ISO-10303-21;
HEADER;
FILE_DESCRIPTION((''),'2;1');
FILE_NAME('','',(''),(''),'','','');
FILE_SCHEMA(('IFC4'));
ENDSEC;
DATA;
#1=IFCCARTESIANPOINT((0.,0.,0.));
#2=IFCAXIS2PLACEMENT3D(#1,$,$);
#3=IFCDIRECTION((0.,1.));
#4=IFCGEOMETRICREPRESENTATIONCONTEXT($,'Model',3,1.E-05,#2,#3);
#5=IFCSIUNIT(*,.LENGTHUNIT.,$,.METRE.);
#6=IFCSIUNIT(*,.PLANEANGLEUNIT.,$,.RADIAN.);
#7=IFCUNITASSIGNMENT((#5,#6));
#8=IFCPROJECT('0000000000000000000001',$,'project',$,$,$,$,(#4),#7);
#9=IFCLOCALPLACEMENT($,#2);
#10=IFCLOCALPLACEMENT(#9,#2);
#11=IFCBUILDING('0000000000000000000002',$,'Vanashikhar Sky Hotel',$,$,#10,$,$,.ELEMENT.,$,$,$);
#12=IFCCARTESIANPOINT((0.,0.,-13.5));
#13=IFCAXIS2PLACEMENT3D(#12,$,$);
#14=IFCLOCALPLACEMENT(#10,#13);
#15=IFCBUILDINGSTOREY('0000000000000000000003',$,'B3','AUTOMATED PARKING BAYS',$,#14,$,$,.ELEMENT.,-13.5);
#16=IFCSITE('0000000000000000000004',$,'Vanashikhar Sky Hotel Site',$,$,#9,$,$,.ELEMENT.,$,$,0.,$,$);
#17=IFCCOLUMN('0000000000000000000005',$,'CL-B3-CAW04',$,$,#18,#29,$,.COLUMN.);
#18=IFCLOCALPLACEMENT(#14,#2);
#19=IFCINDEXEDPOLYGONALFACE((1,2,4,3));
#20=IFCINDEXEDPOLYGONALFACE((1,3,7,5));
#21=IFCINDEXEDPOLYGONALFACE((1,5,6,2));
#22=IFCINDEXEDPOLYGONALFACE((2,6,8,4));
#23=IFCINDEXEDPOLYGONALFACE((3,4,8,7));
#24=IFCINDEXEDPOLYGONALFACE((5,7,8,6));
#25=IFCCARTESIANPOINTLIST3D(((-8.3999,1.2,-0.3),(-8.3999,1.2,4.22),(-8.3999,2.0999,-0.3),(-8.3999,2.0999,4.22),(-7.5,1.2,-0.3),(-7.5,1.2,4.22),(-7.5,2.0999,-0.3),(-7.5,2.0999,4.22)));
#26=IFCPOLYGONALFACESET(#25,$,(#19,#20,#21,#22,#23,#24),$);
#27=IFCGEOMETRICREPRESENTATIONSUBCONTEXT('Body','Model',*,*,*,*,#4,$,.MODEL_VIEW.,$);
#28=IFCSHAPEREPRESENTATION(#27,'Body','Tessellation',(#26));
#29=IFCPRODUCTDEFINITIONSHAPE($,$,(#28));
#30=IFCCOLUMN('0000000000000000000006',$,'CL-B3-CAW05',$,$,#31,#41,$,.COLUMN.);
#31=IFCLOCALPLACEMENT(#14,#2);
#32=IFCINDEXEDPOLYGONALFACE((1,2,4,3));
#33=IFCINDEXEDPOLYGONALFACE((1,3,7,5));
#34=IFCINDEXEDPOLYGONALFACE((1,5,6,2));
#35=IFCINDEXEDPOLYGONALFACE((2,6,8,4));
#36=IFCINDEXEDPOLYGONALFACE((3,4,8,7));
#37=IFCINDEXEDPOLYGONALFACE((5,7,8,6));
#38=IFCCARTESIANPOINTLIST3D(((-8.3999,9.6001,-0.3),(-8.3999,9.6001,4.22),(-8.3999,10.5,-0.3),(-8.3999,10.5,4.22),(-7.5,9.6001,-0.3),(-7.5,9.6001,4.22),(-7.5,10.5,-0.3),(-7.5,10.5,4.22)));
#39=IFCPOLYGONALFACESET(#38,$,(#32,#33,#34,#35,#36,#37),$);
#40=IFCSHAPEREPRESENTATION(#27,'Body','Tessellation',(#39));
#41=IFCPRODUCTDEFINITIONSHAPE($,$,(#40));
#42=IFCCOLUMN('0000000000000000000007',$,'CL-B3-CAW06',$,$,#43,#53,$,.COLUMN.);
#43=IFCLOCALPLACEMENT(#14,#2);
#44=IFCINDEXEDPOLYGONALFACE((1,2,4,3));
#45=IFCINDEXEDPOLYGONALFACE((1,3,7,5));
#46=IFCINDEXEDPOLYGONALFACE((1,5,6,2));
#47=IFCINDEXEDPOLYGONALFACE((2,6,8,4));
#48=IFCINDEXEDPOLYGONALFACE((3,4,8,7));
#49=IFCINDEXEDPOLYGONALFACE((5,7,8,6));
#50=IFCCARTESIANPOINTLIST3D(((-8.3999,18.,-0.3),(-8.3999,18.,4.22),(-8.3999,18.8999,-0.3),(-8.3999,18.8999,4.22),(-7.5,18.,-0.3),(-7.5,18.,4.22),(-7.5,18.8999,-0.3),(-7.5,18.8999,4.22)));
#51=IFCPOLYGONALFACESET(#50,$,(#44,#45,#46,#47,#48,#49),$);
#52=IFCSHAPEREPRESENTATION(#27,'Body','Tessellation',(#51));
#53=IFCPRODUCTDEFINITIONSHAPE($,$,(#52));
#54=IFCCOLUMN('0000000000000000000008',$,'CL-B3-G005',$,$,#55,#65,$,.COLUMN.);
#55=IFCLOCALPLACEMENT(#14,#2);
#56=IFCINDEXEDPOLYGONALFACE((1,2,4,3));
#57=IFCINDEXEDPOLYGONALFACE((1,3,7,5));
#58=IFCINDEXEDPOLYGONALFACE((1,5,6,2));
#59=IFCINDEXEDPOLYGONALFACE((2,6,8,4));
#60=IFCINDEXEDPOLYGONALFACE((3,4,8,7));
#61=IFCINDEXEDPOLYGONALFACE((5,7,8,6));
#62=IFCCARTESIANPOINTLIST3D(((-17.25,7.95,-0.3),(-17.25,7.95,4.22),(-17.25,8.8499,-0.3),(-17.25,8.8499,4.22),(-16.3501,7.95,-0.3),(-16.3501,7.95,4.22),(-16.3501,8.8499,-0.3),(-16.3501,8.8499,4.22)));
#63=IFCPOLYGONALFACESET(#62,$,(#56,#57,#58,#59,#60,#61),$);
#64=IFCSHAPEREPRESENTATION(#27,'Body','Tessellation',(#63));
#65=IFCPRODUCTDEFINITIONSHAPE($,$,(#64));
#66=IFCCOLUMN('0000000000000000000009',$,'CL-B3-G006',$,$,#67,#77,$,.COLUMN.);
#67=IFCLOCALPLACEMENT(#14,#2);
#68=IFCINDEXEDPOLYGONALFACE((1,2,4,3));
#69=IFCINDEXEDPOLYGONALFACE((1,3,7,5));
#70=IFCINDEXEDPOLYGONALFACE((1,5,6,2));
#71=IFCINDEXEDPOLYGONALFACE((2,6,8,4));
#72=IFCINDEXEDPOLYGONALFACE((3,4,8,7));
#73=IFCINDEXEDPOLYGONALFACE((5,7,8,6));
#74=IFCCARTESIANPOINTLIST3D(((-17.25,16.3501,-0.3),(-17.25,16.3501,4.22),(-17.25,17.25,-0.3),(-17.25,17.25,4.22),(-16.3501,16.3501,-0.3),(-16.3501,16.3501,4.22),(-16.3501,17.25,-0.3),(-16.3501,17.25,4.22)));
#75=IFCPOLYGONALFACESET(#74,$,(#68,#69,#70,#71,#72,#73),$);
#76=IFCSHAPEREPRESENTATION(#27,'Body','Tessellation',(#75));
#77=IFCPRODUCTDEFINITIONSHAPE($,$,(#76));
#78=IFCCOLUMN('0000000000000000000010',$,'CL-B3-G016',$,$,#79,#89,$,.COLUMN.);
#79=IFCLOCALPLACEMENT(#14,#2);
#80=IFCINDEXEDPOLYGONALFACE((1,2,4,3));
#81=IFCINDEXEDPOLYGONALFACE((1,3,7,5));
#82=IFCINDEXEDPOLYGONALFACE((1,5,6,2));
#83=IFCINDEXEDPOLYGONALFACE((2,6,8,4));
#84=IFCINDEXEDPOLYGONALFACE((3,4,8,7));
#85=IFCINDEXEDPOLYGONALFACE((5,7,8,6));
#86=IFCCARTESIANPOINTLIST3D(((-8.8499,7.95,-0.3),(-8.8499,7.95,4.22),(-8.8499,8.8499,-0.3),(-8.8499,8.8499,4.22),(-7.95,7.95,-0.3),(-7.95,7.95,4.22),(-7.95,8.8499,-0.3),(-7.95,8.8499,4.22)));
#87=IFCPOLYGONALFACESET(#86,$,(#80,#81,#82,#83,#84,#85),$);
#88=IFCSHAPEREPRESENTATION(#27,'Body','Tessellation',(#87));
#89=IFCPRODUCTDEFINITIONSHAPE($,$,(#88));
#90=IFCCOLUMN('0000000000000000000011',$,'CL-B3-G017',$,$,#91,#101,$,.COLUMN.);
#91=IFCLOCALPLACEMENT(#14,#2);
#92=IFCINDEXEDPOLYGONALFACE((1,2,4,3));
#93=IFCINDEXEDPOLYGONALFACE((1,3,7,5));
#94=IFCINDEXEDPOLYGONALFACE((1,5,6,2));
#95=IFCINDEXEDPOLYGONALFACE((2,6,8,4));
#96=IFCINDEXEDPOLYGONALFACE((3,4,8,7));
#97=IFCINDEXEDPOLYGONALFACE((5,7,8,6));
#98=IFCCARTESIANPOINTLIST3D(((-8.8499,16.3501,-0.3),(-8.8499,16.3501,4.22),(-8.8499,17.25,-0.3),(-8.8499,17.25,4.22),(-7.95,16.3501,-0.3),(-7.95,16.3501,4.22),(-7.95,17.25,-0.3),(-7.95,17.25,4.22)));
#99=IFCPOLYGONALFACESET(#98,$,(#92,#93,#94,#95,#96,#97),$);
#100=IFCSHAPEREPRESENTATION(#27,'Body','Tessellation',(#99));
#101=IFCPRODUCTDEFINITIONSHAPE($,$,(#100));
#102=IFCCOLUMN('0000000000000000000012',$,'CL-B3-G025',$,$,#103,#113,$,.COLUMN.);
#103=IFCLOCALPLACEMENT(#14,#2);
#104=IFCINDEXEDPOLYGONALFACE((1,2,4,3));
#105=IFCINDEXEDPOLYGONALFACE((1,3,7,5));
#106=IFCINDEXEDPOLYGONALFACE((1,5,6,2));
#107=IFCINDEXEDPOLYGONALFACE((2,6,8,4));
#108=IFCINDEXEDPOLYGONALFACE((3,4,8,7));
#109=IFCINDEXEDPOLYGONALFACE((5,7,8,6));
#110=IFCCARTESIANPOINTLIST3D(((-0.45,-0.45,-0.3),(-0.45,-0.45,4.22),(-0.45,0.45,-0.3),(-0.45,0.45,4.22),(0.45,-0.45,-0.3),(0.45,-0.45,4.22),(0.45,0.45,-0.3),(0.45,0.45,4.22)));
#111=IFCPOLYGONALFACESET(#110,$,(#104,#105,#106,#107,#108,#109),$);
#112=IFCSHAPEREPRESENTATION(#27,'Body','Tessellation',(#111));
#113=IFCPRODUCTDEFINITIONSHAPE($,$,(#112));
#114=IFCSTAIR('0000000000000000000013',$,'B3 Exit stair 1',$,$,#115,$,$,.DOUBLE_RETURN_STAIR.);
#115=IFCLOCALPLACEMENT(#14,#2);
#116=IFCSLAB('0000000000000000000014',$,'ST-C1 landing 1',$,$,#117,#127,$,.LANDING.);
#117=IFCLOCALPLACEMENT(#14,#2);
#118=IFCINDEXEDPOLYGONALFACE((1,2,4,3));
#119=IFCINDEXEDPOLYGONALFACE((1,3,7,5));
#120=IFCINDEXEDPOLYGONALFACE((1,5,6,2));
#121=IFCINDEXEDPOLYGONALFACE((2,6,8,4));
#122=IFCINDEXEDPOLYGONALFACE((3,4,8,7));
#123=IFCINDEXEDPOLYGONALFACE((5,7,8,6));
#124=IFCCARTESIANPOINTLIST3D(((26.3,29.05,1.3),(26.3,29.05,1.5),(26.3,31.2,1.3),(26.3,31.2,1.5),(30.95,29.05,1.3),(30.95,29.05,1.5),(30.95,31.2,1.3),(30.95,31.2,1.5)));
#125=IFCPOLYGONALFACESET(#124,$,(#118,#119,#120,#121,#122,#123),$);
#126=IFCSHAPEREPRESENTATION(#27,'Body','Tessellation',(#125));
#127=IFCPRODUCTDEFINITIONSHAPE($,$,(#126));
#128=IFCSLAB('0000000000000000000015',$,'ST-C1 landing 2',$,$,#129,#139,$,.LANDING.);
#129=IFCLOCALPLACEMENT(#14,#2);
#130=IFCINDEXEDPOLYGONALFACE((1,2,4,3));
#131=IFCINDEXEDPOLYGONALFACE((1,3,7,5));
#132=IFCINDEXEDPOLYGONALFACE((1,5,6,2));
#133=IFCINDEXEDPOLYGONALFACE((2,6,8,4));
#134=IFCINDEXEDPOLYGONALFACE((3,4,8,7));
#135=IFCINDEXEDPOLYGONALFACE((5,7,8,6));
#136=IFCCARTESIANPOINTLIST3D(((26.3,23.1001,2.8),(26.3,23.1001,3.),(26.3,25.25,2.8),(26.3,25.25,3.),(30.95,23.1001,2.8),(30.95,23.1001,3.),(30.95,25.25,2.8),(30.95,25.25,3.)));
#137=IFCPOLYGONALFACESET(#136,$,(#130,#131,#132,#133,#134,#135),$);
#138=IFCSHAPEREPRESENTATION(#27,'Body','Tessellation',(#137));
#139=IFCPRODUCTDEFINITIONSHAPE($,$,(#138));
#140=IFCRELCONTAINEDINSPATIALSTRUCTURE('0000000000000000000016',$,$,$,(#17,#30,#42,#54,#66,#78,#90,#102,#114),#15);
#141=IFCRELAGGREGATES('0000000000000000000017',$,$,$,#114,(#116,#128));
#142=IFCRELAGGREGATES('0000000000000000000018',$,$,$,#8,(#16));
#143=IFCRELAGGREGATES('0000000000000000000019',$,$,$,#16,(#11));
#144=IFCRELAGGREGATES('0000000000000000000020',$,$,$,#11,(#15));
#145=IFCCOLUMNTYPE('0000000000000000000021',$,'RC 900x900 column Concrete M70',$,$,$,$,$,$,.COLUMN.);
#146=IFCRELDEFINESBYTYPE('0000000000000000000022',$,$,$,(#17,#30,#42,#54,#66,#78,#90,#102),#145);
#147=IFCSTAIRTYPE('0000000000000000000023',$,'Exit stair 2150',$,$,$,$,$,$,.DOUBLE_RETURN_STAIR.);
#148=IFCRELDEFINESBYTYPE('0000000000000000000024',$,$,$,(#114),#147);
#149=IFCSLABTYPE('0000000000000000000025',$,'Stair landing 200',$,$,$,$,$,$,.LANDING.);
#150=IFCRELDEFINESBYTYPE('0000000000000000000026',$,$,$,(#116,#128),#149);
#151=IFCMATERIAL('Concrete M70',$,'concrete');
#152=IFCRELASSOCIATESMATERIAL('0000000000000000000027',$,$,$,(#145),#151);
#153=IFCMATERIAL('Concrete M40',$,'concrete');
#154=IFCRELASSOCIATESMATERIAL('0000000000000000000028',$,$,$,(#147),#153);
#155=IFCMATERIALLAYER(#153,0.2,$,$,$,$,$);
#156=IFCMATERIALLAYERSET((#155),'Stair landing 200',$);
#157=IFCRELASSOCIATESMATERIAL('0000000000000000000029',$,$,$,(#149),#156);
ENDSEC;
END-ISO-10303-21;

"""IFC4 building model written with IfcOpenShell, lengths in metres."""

from ifc_helpers import new_model, si_unit, direction, frame, origin, origin_2d, place, context, subcontext, project, spatial, polyline, rectangle, outline, extrude, source, transform, mapped, material, layer, layer_set, material_profile, profile_set, type_object, element, aggregate, save


model = new_model("IFC4")

# Units and contexts
model_context = context("Model", 3, precision=1e-05, world=origin(), true_north=direction((0.0, 1.0)))
body_context = subcontext(model_context, "Body", "Model", "MODEL_VIEW")
ifc_project = project(units=[si_unit("LENGTHUNIT", "METRE"), si_unit("PLANEANGLEUNIT", "RADIAN")], contexts=[model_context])

# Site, building, storey
site_placement = place(None, origin())
site = spatial("IfcSite", under=ifc_project, at=site_placement, Name="Vanashikhar Sky Hotel Site", CompositionType="ELEMENT", RefElevation=0.0)
building_placement = place(site_placement, origin())
building = spatial("IfcBuilding", under=site, at=building_placement, Name="Vanashikhar Sky Hotel", CompositionType="ELEMENT")
storey_placement = place(building_placement, frame((0.0, 0.0, -13.5)))
storey = spatial("IfcBuildingStorey", under=building, at=storey_placement, Name="B3", Description="AUTOMATED PARKING BAYS", CompositionType="ELEMENT", Elevation=-13.5)

# Shared definitions
ifc_material_1 = material(Name="Concrete M40", Category="concrete")

# Columns
ifc_material_2 = material(Name="Concrete M70", Category="concrete")
ifc_material_profile = material_profile(ifc_material_2, rectangle(XDim=0.8999, YDim=0.8999, at=origin_2d()))
ifc_profile_set = profile_set([ifc_material_profile], Name="RC 900x900 column Concrete M70")
column_type = type_object("IfcColumnType", Name="RC 900x900 column Concrete M70", PredefinedType="COLUMN", material=ifc_profile_set)
shared_shape_1 = source(origin(), body_context, "Body", "SweptSolid", [
    extrude(rectangle(XDim=0.8999, YDim=0.8999, at=origin_2d()), origin(), (0.0, 0.0, 1.0), 4.52),
])
for number, where, z_axis, x_axis, name in (
    (1, (-7.95, 1.6499, -0.3), (0.0, 0.0, 1.0), (1.0, 0.0, 0.0), "CL-B3-CAW04"),
    (2, (-7.95, 10.05, -0.3), (0.0, 0.0, 1.0), (1.0, 0.0, 0.0), "CL-B3-CAW05"),
    (3, (-7.95, 18.45, -0.3), (0.0, 0.0, 1.0), (1.0, 0.0, 0.0), "CL-B3-CAW06"),
    (4, (-16.8, 8.3999, -0.3), (0.0, 0.0, 1.0), (1.0, 0.0, 0.0), "CL-B3-G005"),
    (5, (-16.8, 16.8, -0.3), (0.0, 0.0, 1.0), (1.0, 0.0, 0.0), "CL-B3-G006"),
    (6, (-8.3999, 8.3999, -0.3), (0.0, 0.0, 1.0), (1.0, 0.0, 0.0), "CL-B3-G016"),
    (7, (-8.3999, 16.8, -0.3), (0.0, 0.0, 1.0), (1.0, 0.0, 0.0), "CL-B3-G017"),
    (8, (0.0, 0.0, -0.3), (0.0, 0.0, 1.0), (1.0, 0.0, 0.0), "CL-B3-G025"),
):
    element("IfcColumn", number, at=place(storey_placement, frame(where, z_axis=z_axis, x_axis=x_axis)), inside=storey, type_object=column_type, Name=name, PredefinedType="COLUMN", context=body_context, shape_type="MappedRepresentation", body=[
        mapped(shared_shape_1, transform((0.0, 0.0, 0.0), scale=1.0)),
    ])

# Stair, slabs
stair_type = type_object("IfcStairType", Name="Exit stair 2150", PredefinedType="DOUBLE_RETURN_STAIR", material=ifc_material_1)
stair_placement = place(storey_placement, origin())
stair = element("IfcStair", 9, at=stair_placement, inside=storey, type_object=stair_type, Name="B3 Exit stair 1", PredefinedType="DOUBLE_RETURN_STAIR")
ifc_layer_1 = layer(ifc_material_1, 0.2)
ifc_layer_set_1 = layer_set([ifc_layer_1], Name="Stair landing 200")
slab_type = type_object("IfcSlabType", Name="Stair landing 200", PredefinedType="LANDING", material=ifc_layer_set_1)
shared_shape_2 = source(origin(), body_context, "Body", "SweptSolid", [
    extrude(outline(polyline([(30.95, 29.05), (30.95, 31.2), (26.3, 31.2), (26.3, 29.05), (30.95, 29.05)])), origin(), (0.0, 0.0, 1.0), 0.2),
])
slab_1_placement = place(storey_placement, frame((0.0, 0.0, 1.3)))
slab_1 = element("IfcSlab", 10, at=slab_1_placement, type_object=slab_type, Name="ST-C1 landing 1", PredefinedType="LANDING", context=body_context, shape_type="MappedRepresentation", body=[
    mapped(shared_shape_2, transform((0.0, 0.0, 0.0), scale=1.0)),
])
shared_shape_3 = source(origin(), body_context, "Body", "SweptSolid", [
    extrude(outline(polyline([(30.95, 23.1001), (30.95, 25.25), (26.3, 25.25), (26.3, 23.1001), (30.95, 23.1001)])), origin(), (0.0, 0.0, 1.0), 0.2),
])
slab_2_placement = place(storey_placement, frame((0.0, 0.0, 2.8)))
slab_2 = element("IfcSlab", 11, at=slab_2_placement, type_object=slab_type, Name="ST-C1 landing 2", PredefinedType="LANDING", context=body_context, shape_type="MappedRepresentation", body=[
    mapped(shared_shape_3, transform((0.0, 0.0, 0.0), scale=1.0)),
])
aggregate(stair, [slab_1, slab_2])

save(model, "model.ifc")
